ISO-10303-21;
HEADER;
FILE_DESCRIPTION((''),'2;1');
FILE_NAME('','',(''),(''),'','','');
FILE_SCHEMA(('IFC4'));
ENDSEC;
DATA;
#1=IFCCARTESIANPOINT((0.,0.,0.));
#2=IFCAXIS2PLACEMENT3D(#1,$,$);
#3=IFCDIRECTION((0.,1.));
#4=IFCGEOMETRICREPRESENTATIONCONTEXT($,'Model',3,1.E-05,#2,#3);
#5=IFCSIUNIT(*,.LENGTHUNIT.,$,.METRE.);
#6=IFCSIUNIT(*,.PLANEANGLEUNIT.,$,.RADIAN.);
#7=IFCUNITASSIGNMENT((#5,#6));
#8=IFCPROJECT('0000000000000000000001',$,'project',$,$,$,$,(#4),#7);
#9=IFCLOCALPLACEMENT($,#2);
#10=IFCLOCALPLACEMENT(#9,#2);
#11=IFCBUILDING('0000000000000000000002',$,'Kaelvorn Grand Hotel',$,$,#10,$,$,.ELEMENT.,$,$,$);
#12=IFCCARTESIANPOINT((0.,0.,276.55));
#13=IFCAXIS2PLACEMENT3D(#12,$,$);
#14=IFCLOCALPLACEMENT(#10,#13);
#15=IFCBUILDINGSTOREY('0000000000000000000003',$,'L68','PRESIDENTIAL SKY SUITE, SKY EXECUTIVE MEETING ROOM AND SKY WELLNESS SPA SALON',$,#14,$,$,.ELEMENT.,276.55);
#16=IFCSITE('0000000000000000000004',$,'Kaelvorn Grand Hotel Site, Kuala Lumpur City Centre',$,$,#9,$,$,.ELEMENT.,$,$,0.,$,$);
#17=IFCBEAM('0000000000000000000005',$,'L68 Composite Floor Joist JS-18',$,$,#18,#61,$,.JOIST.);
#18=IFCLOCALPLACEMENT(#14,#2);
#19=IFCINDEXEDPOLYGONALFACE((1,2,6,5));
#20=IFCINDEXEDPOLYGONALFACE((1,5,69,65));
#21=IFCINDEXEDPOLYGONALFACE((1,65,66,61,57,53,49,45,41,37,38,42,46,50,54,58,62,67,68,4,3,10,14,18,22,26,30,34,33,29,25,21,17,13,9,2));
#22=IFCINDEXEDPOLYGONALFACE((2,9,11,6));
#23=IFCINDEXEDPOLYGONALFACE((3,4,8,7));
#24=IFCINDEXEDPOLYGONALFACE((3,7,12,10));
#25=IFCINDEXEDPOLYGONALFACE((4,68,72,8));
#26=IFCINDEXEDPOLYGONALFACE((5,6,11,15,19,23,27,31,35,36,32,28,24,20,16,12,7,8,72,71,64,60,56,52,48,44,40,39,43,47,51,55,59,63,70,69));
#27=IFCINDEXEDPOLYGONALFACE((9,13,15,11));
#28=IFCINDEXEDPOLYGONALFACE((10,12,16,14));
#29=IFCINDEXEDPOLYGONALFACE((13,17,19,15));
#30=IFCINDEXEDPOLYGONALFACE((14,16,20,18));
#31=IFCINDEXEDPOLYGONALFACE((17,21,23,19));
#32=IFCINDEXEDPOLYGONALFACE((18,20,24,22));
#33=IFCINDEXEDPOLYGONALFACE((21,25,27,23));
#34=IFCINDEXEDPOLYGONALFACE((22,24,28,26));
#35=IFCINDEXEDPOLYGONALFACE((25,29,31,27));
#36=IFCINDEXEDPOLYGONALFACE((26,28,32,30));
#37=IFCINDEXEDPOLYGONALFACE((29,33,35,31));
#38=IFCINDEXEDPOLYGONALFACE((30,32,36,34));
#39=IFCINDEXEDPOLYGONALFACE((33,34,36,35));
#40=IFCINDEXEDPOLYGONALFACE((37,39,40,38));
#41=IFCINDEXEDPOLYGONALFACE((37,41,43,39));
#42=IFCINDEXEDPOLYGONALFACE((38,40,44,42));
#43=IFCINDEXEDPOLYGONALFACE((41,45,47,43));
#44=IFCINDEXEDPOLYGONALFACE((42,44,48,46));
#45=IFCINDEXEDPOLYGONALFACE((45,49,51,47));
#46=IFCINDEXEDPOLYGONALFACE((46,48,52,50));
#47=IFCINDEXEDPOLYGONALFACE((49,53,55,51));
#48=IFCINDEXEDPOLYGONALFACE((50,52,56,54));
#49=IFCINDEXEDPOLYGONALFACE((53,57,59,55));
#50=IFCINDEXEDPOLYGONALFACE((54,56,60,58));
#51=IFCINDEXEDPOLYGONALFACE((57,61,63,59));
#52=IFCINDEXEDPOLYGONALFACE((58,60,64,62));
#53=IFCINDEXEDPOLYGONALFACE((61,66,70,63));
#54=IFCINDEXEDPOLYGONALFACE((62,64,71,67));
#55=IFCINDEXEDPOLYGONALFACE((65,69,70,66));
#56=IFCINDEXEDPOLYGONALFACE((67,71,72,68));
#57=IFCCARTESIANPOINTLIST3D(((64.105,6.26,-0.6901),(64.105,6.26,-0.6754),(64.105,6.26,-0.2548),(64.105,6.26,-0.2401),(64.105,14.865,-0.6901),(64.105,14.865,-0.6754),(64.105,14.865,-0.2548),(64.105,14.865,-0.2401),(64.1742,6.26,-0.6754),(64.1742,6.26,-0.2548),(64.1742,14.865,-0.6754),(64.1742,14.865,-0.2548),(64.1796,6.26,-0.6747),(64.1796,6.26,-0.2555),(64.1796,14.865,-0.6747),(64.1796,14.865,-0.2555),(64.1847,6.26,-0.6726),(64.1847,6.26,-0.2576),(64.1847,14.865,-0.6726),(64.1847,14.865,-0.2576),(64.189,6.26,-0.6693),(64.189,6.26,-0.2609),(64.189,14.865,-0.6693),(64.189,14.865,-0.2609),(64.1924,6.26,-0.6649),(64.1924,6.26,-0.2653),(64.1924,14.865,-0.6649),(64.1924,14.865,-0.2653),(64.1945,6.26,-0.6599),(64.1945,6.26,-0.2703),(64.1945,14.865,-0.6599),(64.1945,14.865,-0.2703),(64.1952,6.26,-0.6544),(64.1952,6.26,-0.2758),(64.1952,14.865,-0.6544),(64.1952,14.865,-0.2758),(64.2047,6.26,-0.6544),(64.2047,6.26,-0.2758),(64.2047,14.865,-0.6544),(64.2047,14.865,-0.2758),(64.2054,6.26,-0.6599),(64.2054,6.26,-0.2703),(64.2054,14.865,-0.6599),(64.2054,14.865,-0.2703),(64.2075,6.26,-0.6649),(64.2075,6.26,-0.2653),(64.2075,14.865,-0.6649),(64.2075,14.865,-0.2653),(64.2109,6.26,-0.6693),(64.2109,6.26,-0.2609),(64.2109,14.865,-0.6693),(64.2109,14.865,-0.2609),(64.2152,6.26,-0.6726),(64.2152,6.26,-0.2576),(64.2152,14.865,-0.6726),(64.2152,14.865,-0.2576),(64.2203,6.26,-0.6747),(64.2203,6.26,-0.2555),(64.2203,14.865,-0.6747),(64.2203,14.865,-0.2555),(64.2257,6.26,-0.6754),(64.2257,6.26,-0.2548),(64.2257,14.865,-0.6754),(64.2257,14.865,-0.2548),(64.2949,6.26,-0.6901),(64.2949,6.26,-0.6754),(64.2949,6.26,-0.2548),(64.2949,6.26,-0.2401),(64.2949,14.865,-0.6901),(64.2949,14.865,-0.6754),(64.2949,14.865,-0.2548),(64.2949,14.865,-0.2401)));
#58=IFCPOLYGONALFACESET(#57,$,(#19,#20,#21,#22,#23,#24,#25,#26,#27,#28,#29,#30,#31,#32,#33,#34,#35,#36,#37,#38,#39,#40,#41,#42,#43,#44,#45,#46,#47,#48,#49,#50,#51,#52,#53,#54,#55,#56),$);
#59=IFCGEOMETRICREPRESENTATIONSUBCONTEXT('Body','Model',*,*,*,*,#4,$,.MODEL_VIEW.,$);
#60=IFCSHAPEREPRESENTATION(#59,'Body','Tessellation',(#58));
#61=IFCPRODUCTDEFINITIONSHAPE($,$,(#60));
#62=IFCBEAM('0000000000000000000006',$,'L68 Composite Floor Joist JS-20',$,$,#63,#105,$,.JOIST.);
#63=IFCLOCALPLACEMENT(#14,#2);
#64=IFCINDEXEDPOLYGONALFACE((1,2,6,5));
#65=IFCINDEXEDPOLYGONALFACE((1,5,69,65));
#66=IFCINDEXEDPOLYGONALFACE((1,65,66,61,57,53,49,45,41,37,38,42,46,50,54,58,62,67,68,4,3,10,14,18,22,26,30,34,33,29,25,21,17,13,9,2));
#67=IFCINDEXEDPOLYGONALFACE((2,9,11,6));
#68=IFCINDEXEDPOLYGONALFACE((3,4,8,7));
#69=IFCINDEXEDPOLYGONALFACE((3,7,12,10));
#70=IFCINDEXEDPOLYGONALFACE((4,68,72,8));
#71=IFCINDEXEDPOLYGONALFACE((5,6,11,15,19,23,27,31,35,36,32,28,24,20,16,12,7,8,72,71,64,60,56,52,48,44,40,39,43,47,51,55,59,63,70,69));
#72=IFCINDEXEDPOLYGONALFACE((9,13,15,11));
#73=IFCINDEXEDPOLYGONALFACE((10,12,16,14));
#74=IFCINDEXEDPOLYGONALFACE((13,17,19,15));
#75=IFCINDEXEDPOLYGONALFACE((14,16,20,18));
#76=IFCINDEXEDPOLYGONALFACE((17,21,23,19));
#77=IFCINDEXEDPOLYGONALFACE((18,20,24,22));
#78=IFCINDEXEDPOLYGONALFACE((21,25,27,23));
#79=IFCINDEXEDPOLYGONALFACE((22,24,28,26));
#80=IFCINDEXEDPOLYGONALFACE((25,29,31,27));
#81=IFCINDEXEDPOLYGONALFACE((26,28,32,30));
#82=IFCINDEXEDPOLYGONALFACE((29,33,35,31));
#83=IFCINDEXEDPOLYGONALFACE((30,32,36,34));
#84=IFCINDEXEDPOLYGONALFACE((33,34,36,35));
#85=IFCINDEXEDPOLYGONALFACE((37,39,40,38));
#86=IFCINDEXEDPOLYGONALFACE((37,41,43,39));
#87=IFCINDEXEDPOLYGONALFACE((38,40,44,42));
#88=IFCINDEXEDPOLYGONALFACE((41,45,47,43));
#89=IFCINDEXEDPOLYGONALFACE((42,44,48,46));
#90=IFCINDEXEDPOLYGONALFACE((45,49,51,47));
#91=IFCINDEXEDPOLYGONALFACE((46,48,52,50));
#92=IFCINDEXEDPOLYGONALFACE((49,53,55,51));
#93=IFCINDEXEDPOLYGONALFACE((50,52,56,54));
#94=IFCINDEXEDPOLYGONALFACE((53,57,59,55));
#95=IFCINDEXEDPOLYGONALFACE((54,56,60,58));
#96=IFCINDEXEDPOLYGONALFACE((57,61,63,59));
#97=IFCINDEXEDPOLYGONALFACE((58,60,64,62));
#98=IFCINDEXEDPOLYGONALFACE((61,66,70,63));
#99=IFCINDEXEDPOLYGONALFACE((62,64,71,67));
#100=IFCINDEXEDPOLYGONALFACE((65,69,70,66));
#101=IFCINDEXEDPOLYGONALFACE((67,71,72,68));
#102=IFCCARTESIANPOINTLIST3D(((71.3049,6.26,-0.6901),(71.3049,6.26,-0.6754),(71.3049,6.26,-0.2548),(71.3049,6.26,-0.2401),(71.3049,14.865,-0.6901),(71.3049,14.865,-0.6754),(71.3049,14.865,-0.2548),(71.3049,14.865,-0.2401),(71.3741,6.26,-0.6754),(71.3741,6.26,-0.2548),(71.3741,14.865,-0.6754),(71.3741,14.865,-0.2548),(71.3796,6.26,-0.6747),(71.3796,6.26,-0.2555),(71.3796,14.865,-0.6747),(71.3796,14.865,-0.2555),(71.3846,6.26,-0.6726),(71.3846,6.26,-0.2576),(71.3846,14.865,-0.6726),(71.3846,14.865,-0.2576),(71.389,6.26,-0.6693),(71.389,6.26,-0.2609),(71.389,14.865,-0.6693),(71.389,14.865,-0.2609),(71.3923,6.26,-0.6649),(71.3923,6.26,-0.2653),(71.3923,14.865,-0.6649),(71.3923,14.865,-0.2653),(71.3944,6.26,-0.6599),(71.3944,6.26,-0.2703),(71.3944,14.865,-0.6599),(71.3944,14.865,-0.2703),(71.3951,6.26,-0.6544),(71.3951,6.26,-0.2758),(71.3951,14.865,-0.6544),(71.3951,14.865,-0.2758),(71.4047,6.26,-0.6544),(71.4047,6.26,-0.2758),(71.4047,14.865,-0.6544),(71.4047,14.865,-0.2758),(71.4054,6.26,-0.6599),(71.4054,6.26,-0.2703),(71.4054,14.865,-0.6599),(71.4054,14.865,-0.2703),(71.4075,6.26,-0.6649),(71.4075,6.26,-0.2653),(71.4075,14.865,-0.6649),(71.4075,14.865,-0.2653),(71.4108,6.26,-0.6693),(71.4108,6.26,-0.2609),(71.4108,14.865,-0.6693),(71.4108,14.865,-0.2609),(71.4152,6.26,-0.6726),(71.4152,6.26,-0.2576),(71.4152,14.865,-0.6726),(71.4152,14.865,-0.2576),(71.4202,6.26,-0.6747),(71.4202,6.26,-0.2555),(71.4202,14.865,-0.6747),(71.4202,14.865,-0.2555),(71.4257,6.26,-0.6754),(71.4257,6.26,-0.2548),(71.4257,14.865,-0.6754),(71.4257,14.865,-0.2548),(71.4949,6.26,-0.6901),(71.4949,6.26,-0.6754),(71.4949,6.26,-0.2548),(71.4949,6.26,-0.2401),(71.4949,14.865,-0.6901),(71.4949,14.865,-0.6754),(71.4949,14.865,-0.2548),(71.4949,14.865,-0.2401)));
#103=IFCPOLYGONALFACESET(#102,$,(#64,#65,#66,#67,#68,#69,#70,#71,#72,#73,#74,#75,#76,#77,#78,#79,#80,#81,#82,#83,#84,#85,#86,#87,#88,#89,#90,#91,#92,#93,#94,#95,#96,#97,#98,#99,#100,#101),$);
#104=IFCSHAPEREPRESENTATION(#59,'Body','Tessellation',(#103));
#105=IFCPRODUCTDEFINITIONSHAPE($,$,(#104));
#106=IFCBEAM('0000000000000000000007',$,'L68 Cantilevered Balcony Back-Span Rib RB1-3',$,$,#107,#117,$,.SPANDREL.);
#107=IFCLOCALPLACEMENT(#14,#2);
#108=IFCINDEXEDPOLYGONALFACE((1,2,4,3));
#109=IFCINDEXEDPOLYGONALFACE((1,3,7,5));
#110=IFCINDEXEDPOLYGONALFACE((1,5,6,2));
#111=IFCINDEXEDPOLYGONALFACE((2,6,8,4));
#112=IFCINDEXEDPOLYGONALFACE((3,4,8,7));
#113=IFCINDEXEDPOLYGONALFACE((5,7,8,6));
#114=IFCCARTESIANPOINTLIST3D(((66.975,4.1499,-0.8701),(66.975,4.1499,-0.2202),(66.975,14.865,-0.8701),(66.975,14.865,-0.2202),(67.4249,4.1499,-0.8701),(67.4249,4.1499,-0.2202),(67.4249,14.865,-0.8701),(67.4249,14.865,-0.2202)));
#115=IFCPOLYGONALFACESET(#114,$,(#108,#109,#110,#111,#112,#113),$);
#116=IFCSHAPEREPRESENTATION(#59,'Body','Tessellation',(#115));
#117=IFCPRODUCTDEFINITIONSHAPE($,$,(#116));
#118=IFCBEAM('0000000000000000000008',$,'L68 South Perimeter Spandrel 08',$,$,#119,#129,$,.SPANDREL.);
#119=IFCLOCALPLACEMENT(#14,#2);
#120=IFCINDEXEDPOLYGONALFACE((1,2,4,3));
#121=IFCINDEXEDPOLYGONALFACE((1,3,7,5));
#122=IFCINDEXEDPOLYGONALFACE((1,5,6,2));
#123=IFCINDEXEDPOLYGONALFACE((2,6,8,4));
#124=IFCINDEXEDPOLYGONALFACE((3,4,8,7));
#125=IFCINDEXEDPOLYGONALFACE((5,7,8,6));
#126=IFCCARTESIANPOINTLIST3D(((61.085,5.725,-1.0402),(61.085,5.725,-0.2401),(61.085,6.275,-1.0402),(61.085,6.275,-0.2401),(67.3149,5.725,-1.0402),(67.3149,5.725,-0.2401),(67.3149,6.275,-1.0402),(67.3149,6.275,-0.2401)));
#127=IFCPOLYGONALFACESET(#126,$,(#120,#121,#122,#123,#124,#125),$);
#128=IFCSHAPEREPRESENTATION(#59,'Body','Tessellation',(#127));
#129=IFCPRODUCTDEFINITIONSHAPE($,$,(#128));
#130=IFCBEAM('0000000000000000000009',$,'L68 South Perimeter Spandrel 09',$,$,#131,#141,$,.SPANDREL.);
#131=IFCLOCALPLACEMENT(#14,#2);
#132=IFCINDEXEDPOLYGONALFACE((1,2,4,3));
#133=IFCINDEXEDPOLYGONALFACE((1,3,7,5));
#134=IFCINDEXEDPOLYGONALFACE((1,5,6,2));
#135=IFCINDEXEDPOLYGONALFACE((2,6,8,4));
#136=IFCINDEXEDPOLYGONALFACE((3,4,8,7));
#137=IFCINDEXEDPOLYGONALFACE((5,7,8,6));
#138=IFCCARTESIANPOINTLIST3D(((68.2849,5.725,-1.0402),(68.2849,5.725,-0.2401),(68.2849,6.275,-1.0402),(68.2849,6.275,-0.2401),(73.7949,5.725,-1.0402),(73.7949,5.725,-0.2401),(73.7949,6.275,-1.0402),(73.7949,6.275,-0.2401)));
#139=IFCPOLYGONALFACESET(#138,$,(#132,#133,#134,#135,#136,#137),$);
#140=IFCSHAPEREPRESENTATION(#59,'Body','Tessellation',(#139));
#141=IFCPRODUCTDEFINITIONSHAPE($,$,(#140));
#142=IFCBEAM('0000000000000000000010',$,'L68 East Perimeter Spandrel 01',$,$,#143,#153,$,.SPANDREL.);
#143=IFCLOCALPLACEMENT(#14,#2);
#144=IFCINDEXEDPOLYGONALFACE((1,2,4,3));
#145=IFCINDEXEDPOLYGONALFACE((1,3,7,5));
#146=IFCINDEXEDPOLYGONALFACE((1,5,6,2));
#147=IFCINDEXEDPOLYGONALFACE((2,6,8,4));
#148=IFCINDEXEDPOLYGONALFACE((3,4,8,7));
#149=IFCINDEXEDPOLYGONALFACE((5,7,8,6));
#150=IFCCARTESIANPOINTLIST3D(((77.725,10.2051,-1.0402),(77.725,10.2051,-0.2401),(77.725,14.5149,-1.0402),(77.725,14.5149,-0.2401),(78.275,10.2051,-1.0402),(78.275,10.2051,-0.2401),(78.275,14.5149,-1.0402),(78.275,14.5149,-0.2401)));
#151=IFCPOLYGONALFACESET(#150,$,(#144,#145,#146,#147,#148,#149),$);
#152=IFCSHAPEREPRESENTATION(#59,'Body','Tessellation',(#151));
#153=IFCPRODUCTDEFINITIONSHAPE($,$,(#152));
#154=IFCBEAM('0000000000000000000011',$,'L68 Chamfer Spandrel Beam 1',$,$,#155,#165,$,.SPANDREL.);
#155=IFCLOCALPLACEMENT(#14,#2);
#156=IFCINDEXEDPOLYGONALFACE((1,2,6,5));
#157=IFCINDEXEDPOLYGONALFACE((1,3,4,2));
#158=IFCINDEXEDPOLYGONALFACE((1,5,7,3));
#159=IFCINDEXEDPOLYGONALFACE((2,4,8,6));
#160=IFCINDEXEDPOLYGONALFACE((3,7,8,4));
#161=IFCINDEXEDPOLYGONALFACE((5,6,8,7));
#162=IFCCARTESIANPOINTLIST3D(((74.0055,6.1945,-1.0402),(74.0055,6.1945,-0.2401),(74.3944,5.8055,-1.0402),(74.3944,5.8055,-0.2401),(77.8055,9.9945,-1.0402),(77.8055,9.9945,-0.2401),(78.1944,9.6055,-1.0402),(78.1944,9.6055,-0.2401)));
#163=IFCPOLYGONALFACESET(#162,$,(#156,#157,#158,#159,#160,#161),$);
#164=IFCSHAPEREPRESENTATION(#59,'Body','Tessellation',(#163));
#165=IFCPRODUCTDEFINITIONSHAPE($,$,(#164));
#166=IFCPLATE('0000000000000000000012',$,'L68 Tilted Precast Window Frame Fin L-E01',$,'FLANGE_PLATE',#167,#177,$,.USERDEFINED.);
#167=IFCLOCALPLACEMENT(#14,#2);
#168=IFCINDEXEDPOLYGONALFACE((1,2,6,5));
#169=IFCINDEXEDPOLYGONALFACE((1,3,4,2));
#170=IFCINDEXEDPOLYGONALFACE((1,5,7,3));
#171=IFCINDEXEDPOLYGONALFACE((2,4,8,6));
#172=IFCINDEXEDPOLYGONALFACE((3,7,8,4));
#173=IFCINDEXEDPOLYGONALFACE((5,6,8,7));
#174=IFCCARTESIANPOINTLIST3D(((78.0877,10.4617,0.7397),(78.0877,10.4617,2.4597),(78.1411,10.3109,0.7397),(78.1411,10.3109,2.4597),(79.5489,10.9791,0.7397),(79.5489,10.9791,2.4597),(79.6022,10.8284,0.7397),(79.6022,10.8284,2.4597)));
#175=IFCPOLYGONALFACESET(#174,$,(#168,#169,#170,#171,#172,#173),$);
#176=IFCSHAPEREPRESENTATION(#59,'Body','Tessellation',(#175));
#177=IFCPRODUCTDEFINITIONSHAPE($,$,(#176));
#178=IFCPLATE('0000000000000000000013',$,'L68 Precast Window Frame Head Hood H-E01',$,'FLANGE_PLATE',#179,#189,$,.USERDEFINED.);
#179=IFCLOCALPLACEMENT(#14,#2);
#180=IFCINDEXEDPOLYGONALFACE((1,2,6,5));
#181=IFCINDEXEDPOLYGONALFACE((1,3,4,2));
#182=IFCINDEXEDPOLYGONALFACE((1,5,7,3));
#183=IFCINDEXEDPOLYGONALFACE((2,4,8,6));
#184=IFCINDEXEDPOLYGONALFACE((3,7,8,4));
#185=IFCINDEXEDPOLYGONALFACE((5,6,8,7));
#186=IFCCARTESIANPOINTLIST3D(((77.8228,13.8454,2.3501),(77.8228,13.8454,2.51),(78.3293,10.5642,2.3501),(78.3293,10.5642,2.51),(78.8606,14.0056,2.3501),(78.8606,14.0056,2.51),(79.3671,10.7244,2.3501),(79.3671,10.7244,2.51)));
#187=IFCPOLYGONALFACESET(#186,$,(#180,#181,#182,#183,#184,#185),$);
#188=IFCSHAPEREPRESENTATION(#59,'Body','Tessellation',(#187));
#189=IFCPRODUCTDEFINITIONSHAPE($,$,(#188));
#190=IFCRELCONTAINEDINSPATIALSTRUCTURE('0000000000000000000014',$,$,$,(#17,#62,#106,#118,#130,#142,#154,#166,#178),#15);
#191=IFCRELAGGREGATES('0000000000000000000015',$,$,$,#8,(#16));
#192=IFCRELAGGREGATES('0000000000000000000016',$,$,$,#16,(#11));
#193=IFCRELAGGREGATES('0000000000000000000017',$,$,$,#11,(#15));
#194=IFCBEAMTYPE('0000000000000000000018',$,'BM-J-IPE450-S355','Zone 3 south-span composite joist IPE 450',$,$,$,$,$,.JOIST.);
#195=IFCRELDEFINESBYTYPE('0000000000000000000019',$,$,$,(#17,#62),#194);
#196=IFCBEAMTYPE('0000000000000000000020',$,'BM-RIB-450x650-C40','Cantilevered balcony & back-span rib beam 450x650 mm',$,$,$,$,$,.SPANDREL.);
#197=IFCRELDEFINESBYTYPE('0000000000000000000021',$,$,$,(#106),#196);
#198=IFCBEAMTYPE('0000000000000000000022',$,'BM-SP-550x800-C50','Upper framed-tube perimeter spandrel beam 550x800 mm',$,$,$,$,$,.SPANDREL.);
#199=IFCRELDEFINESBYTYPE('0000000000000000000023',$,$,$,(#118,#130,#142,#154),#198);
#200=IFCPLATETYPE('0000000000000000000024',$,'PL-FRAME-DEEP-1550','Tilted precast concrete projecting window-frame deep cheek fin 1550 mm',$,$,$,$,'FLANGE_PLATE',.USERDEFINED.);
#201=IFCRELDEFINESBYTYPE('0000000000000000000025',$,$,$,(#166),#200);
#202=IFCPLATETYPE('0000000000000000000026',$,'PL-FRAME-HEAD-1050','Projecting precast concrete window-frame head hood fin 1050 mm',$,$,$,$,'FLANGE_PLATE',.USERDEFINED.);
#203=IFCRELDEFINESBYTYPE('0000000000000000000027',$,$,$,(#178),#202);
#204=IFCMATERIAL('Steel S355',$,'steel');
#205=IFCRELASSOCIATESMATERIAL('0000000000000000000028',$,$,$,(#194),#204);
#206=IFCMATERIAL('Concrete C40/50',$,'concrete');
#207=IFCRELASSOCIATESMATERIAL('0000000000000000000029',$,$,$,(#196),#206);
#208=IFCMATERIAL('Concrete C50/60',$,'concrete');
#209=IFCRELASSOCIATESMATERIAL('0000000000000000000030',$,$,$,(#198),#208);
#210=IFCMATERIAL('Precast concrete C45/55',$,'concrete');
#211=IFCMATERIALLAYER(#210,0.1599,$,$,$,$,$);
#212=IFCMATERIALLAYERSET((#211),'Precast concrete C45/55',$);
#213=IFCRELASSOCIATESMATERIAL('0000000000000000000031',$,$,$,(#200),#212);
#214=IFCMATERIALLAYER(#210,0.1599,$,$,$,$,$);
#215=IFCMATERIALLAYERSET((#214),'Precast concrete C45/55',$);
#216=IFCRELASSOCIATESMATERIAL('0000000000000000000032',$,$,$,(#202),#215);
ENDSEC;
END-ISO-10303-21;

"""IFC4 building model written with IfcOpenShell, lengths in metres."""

from ifc_helpers import new_model, si_unit, direction, frame, origin, origin_2d, place, context, subcontext, project, spatial, rectangle, i_section, extrude, material, layer, layer_set, material_profile, profile_set, type_object, element, save


model = new_model("IFC4")

# Units and contexts
model_context = context("Model", 3, precision=1e-05, world=origin(), true_north=direction((0.0, 1.0)))
body_context = subcontext(model_context, "Body", "Model", "MODEL_VIEW")
ifc_project = project(units=[si_unit("LENGTHUNIT", "METRE"), si_unit("PLANEANGLEUNIT", "RADIAN")], contexts=[model_context])

# Site, building, storey
site_placement = place(None, origin())
site = spatial("IfcSite", under=ifc_project, at=site_placement, Name="Kaelvorn Grand Hotel Site, Kuala Lumpur City Centre", CompositionType="ELEMENT", RefElevation=0.0)
building_placement = place(site_placement, origin())
building = spatial("IfcBuilding", under=site, at=building_placement, Name="Kaelvorn Grand Hotel", CompositionType="ELEMENT")
storey_placement = place(building_placement, frame((0.0, 0.0, 276.55)))
storey = spatial("IfcBuildingStorey", under=building, at=storey_placement, Name="L68", Description="PRESIDENTIAL SKY SUITE, SKY EXECUTIVE MEETING ROOM AND SKY WELLNESS SPA SALON", CompositionType="ELEMENT", Elevation=276.55)

# Shared definitions
ifc_material_1 = material(Name="Concrete C50/60", Category="concrete")

# Beams
ifc_material_2 = material(Name="Steel S355", Category="steel")
ifc_material_profile_1 = material_profile(ifc_material_2, i_section(OverallWidth=0.1899, OverallDepth=0.45, WebThickness=0.0095, FlangeThickness=0.0146, FilletRadius=0.021, at=origin_2d()), Name="IPE 450")
ifc_profile_set_1 = profile_set([ifc_material_profile_1], Name="Steel S355")
beam_type_1 = type_object("IfcBeamType", Name="BM-J-IPE450-S355", Description="Zone 3 south-span composite joist IPE 450", PredefinedType="JOIST", material=ifc_profile_set_1)
for number, where, z_axis, x_axis, name in (
    (1, (64.2, 6.26, -0.4651), (0.0, 1.0, 0.0), (-1.0, 0.0, 0.0), "L68 Composite Floor Joist JS-18"),
    (2, (71.3999, 6.26, -0.4651), (0.0, 1.0, 0.0), (-1.0, 0.0, 0.0), "L68 Composite Floor Joist JS-20"),
):
    element("IfcBeam", number, at=place(storey_placement, frame(where, z_axis=z_axis, x_axis=x_axis)), inside=storey, type_object=beam_type_1, Name=name, PredefinedType="JOIST", context=body_context, shape_type="SweptSolid", body=[
        extrude(i_section(OverallWidth=0.1899, OverallDepth=0.45, WebThickness=0.0095, FlangeThickness=0.0146, FilletRadius=0.021, at=origin_2d()), origin(), (0.0, 0.0, 1.0), 8.605),
    ])
ifc_material_3 = material(Name="Concrete C40/50", Category="concrete")
ifc_material_profile_2 = material_profile(ifc_material_3, rectangle(XDim=0.45, YDim=0.6499, at=origin_2d()), Name="RC RIB 450x650")
ifc_profile_set_2 = profile_set([ifc_material_profile_2], Name="Concrete C40/50")
beam_type_2 = type_object("IfcBeamType", Name="BM-RIB-450x650-C40", Description="Cantilevered balcony & back-span rib beam 450x650 mm", PredefinedType="SPANDREL", material=ifc_profile_set_2)
beam_1_placement = place(storey_placement, frame((67.2, 4.1499, -0.5452), z_axis=(0.0, 1.0, 0.0), x_axis=(-1.0, 0.0, 0.0)))
element("IfcBeam", 3, at=beam_1_placement, inside=storey, type_object=beam_type_2, Name="L68 Cantilevered Balcony Back-Span Rib RB1-3", PredefinedType="SPANDREL", context=body_context, shape_type="SweptSolid", body=[
    extrude(rectangle(XDim=0.45, YDim=0.6499, at=origin_2d()), origin(), (0.0, 0.0, 1.0), 10.7151),
])
ifc_material_profile_3 = material_profile(ifc_material_1, rectangle(XDim=0.55, YDim=0.8, at=origin_2d()), Name="RC SPANDREL 550x800")
ifc_profile_set_3 = profile_set([ifc_material_profile_3], Name="Concrete C50/60")
beam_type_3 = type_object("IfcBeamType", Name="BM-SP-550x800-C50", Description="Upper framed-tube perimeter spandrel beam 550x800 mm", PredefinedType="SPANDREL", material=ifc_profile_set_3)
beam_2_placement = place(storey_placement, frame((61.085, 6.0, -0.6401), z_axis=(1.0, 0.0, 0.0), x_axis=(0.0, 1.0, 0.0)))
element("IfcBeam", 4, at=beam_2_placement, inside=storey, type_object=beam_type_3, Name="L68 South Perimeter Spandrel 08", PredefinedType="SPANDREL", context=body_context, shape_type="SweptSolid", body=[
    extrude(rectangle(XDim=0.55, YDim=0.8, at=origin_2d()), origin(), (0.0, 0.0, 1.0), 6.23),
])
beam_3_placement = place(storey_placement, frame((68.2849, 6.0, -0.6401), z_axis=(1.0, 0.0, 0.0), x_axis=(0.0, 1.0, 0.0)))
element("IfcBeam", 5, at=beam_3_placement, inside=storey, type_object=beam_type_3, Name="L68 South Perimeter Spandrel 09", PredefinedType="SPANDREL", context=body_context, shape_type="SweptSolid", body=[
    extrude(rectangle(XDim=0.55, YDim=0.8, at=origin_2d()), origin(), (0.0, 0.0, 1.0), 5.51),
])
beam_4_placement = place(storey_placement, frame((78.0, 10.2051, -0.6401), z_axis=(0.0, 1.0, 0.0), x_axis=(-1.0, 0.0, 0.0)))
element("IfcBeam", 6, at=beam_4_placement, inside=storey, type_object=beam_type_3, Name="L68 East Perimeter Spandrel 01", PredefinedType="SPANDREL", context=body_context, shape_type="SweptSolid", body=[
    extrude(rectangle(XDim=0.55, YDim=0.8, at=origin_2d()), origin(), (0.0, 0.0, 1.0), 4.3098),
])
beam_5_placement = place(storey_placement, frame((74.2, 6.0, -0.6401), z_axis=(0.707107, 0.707107, 0.0), x_axis=(-0.707107, 0.707107, 0.0)))
element("IfcBeam", 7, at=beam_5_placement, inside=storey, type_object=beam_type_3, Name="L68 Chamfer Spandrel Beam 1", PredefinedType="SPANDREL", context=body_context, shape_type="SweptSolid", body=[
    extrude(rectangle(XDim=0.55, YDim=0.8, at=origin_2d()), origin(), (0.0, 0.0, 1.0), 5.374),
])

# Plates
ifc_material_4 = material(Name="Precast concrete C45/55", Category="concrete")
ifc_layer_1 = layer(ifc_material_4, 0.1599)
ifc_layer_set_1 = layer_set([ifc_layer_1], Name="Precast concrete C45/55")
plate_type_1 = type_object("IfcPlateType", Name="PL-FRAME-DEEP-1550", Description="Tilted precast concrete projecting window-frame deep cheek fin 1550 mm", ElementType="FLANGE_PLATE", PredefinedType="USERDEFINED", material=ifc_layer_set_1)
plate_1_placement = place(storey_placement, frame((78.845, 10.645, 0.7397), z_axis=(0.0, 0.0, 1.0), x_axis=(-0.333807, 0.942641, 0.0)))
element("IfcPlate", 8, at=plate_1_placement, inside=storey, type_object=plate_type_1, Name="L68 Tilted Precast Window Frame Fin L-E01", ObjectType="FLANGE_PLATE", PredefinedType="USERDEFINED", context=body_context, shape_type="SweptSolid", body=[
    extrude(rectangle(XDim=0.1599, YDim=1.55, at=origin_2d()), origin(), (0.0, 0.0, 1.0), 1.72),
])
ifc_layer_2 = layer(ifc_material_4, 0.1599)
ifc_layer_set_2 = layer_set([ifc_layer_2], Name="Precast concrete C45/55")
plate_type_2 = type_object("IfcPlateType", Name="PL-FRAME-HEAD-1050", Description="Projecting precast concrete window-frame head hood fin 1050 mm", ElementType="FLANGE_PLATE", PredefinedType="USERDEFINED", material=ifc_layer_set_2)
plate_2_placement = place(storey_placement, frame((78.595, 12.2849, 2.3501), z_axis=(0.0, 0.0, 1.0), x_axis=(-0.152555, 0.988295, 0.0)))
element("IfcPlate", 9, at=plate_2_placement, inside=storey, type_object=plate_type_2, Name="L68 Precast Window Frame Head Hood H-E01", ObjectType="FLANGE_PLATE", PredefinedType="USERDEFINED", context=body_context, shape_type="SweptSolid", body=[
    extrude(rectangle(XDim=3.3201, YDim=1.05, at=origin_2d()), origin(), (0.0, 0.0, 1.0), 0.1599),
])

save(model, "model.ifc")
